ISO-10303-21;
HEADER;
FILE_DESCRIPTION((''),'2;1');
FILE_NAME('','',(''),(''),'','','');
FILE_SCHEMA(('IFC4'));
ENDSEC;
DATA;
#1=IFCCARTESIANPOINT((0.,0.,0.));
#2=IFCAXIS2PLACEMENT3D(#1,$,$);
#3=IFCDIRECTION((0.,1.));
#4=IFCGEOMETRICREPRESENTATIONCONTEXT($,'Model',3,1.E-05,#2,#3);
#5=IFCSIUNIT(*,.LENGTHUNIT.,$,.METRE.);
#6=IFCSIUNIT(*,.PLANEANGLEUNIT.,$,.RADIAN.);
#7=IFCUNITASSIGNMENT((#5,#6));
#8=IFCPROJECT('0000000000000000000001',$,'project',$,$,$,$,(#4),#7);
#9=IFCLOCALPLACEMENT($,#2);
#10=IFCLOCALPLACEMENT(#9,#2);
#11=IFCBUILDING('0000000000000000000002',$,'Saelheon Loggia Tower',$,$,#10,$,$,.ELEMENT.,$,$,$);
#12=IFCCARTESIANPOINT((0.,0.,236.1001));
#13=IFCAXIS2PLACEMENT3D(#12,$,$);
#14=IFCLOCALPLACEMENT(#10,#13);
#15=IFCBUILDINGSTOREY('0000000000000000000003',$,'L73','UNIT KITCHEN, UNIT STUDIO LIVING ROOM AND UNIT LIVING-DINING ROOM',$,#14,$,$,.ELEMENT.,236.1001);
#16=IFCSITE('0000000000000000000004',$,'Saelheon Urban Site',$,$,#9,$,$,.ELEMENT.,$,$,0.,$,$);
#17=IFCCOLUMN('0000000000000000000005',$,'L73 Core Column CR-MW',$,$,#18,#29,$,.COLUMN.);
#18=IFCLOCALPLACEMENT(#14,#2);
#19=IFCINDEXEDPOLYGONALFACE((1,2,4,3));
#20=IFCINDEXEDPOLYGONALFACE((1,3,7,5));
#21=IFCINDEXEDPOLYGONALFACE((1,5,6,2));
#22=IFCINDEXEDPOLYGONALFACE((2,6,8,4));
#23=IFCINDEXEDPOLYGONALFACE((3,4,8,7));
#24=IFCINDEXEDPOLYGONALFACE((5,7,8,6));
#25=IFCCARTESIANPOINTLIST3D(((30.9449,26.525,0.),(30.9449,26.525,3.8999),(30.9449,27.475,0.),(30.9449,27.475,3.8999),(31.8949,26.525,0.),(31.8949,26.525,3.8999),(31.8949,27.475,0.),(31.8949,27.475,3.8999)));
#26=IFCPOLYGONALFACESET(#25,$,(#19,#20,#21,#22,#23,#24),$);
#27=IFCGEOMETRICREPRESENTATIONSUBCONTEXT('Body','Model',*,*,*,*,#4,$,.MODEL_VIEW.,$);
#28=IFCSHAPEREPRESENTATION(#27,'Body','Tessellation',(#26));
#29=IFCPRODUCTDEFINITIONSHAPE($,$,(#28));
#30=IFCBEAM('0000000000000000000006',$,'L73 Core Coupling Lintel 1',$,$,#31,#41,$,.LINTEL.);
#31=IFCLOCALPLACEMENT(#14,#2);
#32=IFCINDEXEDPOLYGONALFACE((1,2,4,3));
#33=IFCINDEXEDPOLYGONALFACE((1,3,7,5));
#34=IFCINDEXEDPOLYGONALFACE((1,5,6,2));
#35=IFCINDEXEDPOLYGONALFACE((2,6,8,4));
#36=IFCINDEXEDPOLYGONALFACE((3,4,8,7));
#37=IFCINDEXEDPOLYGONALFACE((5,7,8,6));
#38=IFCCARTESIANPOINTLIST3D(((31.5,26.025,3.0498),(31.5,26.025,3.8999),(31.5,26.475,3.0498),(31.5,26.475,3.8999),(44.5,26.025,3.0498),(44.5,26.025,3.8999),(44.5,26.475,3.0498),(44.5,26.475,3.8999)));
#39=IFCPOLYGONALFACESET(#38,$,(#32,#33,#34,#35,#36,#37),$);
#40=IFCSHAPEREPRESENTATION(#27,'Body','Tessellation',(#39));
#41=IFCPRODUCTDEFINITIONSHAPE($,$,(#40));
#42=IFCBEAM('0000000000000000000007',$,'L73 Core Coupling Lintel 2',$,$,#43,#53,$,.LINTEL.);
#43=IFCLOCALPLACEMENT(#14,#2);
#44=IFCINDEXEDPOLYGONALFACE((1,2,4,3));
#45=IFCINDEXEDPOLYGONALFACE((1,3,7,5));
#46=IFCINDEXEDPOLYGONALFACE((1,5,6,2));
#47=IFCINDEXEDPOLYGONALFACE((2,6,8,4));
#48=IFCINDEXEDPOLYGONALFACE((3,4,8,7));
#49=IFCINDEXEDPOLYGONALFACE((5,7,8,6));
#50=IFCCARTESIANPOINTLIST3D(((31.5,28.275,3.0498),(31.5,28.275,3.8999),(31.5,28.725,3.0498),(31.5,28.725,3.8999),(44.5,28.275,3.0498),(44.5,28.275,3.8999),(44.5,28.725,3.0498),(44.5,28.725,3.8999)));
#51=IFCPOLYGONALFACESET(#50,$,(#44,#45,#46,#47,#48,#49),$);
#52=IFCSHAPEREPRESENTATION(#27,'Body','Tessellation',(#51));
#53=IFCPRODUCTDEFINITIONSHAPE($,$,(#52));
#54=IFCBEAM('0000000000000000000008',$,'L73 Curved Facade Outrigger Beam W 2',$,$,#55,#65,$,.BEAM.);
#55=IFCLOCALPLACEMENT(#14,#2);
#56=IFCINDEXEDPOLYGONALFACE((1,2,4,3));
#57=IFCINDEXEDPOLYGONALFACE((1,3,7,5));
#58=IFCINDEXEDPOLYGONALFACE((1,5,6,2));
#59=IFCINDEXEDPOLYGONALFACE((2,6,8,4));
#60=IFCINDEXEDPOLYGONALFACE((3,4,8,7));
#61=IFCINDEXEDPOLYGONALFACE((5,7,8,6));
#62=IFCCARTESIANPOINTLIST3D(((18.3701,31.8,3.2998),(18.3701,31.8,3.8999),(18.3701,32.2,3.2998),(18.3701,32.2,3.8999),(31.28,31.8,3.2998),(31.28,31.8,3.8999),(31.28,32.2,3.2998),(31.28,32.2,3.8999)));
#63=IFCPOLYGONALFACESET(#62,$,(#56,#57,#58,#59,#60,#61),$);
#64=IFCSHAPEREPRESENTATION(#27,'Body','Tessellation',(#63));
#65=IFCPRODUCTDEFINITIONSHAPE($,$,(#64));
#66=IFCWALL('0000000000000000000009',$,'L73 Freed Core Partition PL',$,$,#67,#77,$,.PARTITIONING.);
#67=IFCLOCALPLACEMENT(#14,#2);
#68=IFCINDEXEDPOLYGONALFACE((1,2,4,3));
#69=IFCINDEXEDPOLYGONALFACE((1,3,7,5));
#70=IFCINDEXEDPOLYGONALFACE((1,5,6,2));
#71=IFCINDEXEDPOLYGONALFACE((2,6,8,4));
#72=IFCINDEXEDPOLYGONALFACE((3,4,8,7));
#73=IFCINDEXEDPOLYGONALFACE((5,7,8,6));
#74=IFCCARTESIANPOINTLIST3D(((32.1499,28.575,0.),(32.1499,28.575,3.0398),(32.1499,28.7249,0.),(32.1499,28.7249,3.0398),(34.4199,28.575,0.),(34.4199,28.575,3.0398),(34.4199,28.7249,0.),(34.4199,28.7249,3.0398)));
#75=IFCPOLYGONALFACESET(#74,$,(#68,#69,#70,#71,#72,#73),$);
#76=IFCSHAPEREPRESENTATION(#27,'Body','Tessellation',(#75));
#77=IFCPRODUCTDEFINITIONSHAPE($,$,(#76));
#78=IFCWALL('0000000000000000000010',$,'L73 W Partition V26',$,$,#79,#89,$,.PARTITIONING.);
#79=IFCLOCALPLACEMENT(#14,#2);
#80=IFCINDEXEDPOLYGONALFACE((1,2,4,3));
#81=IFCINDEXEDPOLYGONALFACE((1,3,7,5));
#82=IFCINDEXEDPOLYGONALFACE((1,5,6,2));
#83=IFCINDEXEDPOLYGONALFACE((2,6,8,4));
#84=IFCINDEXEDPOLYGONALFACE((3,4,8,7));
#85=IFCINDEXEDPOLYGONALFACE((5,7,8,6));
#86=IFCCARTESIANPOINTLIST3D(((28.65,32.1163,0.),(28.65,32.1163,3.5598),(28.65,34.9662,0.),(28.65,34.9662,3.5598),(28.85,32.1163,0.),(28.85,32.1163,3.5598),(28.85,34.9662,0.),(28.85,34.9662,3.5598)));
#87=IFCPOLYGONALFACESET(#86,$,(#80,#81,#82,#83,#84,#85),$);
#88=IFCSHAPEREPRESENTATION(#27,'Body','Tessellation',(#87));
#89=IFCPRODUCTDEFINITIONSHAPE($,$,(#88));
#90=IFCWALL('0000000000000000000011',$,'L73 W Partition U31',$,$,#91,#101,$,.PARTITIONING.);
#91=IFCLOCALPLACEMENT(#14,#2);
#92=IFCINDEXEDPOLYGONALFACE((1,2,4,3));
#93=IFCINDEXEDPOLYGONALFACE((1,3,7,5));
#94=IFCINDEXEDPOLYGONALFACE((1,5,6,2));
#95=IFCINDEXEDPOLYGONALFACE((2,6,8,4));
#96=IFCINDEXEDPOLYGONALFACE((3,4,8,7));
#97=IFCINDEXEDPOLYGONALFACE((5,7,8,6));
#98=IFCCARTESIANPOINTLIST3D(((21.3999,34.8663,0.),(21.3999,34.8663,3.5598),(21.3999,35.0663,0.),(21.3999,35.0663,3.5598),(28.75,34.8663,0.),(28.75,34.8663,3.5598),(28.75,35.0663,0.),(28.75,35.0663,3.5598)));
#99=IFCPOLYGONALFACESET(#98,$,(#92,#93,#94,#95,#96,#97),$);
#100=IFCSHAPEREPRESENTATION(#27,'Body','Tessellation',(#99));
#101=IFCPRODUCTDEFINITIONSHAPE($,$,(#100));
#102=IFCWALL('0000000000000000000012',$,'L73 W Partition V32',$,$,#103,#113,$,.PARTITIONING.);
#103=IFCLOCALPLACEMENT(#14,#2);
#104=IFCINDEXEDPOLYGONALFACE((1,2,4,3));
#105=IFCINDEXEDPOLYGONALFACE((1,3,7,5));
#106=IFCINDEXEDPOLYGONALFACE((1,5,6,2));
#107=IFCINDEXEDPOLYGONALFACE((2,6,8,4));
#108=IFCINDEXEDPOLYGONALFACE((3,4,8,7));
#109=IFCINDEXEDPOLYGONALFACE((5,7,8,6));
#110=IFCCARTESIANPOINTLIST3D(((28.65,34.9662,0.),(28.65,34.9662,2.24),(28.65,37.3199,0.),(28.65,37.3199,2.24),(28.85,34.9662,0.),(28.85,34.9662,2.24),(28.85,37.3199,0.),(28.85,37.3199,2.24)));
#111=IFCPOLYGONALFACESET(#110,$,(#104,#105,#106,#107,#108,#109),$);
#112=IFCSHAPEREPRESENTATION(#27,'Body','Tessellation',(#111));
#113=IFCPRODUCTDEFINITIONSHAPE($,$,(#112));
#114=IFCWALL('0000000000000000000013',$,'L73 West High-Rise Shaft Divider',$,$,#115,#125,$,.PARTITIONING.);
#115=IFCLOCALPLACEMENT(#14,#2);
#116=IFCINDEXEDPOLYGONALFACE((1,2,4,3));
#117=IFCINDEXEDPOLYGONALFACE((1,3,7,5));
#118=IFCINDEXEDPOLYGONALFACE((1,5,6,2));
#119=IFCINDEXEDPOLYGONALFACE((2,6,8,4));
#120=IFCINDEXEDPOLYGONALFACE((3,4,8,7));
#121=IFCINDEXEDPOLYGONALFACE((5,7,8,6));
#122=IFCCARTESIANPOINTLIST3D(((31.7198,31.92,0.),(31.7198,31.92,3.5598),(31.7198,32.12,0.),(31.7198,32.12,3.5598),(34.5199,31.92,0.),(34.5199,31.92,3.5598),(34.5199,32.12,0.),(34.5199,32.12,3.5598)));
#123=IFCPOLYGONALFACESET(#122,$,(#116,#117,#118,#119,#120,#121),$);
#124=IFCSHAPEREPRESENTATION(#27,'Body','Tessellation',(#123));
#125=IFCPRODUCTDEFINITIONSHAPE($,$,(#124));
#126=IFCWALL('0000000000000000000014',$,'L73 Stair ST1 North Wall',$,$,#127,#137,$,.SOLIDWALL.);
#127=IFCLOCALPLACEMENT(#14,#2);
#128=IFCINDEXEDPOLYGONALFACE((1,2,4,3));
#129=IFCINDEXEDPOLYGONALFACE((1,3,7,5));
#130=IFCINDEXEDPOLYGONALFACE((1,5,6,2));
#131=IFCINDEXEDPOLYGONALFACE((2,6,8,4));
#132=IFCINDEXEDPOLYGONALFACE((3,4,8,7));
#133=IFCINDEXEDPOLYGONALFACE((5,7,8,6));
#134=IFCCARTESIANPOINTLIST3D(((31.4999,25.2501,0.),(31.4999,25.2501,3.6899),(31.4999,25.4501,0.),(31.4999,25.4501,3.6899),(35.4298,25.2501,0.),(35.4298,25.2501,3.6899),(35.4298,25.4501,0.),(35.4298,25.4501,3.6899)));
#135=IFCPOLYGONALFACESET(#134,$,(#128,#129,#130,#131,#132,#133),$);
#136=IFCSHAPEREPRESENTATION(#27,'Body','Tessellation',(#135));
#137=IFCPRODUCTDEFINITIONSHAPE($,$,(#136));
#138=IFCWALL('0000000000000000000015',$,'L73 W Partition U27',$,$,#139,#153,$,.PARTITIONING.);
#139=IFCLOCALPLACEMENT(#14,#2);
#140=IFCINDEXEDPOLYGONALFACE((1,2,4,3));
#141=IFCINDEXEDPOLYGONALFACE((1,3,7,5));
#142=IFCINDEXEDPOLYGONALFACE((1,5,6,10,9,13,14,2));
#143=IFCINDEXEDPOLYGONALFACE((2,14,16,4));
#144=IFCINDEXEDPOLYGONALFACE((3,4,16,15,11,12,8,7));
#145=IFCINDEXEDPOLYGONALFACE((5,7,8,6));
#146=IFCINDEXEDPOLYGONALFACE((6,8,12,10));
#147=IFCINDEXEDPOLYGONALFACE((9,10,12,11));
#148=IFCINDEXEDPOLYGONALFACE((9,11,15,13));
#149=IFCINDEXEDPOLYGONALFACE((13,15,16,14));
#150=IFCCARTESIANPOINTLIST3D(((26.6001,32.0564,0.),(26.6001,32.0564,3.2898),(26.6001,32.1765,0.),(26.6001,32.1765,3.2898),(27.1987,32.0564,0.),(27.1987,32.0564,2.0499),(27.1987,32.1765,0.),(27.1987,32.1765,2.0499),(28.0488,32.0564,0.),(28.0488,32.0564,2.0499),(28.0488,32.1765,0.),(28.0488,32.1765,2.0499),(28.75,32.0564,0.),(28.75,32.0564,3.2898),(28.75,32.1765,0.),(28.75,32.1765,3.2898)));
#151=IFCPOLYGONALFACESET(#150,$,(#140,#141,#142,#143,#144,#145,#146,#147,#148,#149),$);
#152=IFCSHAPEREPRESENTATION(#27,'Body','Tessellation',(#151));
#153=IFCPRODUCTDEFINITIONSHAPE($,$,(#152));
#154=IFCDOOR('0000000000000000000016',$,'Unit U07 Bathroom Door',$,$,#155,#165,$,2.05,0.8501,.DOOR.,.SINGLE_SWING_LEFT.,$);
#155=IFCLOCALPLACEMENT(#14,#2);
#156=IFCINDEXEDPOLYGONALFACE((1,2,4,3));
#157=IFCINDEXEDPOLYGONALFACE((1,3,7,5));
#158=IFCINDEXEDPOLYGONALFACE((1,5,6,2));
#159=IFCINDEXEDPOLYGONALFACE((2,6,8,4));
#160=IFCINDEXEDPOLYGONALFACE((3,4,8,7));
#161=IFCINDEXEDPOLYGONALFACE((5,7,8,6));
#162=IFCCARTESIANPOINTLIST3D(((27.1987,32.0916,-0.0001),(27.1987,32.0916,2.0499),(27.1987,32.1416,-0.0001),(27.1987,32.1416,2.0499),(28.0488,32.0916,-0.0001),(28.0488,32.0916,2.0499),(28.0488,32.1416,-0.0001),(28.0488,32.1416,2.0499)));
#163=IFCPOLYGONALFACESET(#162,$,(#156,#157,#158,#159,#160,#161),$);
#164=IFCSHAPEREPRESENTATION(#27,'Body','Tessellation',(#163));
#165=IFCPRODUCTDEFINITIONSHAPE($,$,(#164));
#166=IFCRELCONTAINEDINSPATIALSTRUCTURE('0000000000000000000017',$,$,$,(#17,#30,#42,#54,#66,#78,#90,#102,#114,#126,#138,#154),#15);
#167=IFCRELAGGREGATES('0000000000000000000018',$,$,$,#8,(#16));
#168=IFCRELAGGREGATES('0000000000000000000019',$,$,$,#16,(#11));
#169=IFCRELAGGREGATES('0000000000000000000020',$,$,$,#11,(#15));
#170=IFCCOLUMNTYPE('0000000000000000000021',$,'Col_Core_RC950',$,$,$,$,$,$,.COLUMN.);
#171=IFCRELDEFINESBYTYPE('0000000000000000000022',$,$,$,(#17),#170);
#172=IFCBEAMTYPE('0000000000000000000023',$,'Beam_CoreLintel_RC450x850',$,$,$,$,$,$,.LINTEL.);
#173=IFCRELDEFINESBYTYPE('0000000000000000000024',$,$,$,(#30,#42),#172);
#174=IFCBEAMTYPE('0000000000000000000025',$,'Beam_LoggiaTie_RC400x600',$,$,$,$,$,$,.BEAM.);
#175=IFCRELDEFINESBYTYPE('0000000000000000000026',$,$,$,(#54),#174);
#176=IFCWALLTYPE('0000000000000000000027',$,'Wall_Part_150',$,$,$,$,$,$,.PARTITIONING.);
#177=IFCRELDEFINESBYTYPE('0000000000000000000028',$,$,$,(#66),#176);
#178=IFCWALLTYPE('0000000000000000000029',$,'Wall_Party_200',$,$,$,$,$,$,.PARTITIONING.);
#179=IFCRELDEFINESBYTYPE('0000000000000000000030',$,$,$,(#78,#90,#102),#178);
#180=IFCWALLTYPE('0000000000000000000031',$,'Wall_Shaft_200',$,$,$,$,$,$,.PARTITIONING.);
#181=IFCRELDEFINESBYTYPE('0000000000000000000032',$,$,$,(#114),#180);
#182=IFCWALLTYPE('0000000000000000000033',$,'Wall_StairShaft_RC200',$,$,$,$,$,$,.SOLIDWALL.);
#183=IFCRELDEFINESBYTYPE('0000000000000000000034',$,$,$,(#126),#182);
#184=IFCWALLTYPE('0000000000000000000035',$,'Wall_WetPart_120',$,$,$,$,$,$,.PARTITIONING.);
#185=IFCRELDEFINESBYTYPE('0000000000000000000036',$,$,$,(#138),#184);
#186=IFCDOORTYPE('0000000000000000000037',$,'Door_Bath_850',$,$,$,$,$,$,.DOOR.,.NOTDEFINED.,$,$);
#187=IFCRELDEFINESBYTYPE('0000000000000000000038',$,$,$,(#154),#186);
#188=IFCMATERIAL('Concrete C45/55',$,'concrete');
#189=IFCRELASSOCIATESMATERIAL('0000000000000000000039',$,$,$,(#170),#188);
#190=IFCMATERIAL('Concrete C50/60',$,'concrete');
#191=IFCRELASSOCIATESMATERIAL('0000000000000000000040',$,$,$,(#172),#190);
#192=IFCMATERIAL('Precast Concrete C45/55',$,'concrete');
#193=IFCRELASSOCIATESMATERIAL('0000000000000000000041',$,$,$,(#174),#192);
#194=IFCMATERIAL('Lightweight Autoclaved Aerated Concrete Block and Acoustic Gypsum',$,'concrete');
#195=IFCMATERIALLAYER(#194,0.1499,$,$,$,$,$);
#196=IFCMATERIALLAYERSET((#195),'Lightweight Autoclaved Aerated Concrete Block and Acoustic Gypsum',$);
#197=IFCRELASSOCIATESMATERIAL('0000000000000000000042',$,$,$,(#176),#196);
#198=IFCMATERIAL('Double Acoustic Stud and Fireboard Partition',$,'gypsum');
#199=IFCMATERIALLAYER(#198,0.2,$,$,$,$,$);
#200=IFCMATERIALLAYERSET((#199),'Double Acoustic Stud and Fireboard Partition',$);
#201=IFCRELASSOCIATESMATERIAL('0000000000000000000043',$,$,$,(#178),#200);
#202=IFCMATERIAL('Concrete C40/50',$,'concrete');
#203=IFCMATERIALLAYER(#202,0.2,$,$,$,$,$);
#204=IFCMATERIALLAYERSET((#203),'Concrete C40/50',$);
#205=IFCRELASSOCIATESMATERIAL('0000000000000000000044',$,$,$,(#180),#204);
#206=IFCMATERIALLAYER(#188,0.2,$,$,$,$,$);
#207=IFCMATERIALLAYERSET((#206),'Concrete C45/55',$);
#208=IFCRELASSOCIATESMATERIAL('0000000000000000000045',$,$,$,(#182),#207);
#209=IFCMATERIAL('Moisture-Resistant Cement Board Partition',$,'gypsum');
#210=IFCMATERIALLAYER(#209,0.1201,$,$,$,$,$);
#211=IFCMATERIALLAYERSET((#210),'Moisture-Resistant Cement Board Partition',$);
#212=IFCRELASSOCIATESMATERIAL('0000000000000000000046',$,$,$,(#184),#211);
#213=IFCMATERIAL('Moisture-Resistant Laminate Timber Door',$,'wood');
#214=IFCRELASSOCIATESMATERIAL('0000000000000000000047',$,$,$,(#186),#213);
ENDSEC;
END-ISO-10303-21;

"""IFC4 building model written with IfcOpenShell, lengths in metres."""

from ifc_helpers import new_model, si_unit, direction, frame, frame_2d, origin, origin_2d, place, context, subcontext, project, spatial, rectangle, extrude, source, transform, mapped, material, layer, layer_set, material_profile, profile_set, type_object, element, fill, save


model = new_model("IFC4")

# Units and contexts
model_context = context("Model", 3, precision=1e-05, world=origin(), true_north=direction((0.0, 1.0)))
body_context = subcontext(model_context, "Body", "Model", "MODEL_VIEW")
ifc_project = project(units=[si_unit("LENGTHUNIT", "METRE"), si_unit("PLANEANGLEUNIT", "RADIAN")], contexts=[model_context])

# Site, building, storey
site_placement = place(None, origin())
site = spatial("IfcSite", under=ifc_project, at=site_placement, Name="Saelheon Urban Site", CompositionType="ELEMENT", RefElevation=0.0)
building_placement = place(site_placement, origin())
building = spatial("IfcBuilding", under=site, at=building_placement, Name="Saelheon Loggia Tower", CompositionType="ELEMENT")
storey_placement = place(building_placement, frame((0.0, 0.0, 236.1001)))
storey = spatial("IfcBuildingStorey", under=building, at=storey_placement, Name="L73", Description="UNIT KITCHEN, UNIT STUDIO LIVING ROOM AND UNIT LIVING-DINING ROOM", CompositionType="ELEMENT", Elevation=236.1001)

# Column
ifc_material_1 = material(Name="Concrete C45/55", Category="concrete")
ifc_material_profile_1 = material_profile(ifc_material_1, rectangle(XDim=0.95, YDim=0.95, at=origin_2d()), Name="RC-950x950")
ifc_profile_set_1 = profile_set([ifc_material_profile_1], Name="Concrete C45/55")
column_type = type_object("IfcColumnType", Name="Col_Core_RC950", PredefinedType="COLUMN", material=ifc_profile_set_1)
shared_shape_1 = source(origin(), body_context, "Body", "SweptSolid", [
    extrude(rectangle(XDim=0.95, YDim=0.95, at=origin_2d()), origin(), (0.0, 0.0, 1.0), 3.8999),
])
column_placement = place(storey_placement, frame((31.4199, 27.0, 0.0), z_axis=(0.0, 0.0, 1.0), x_axis=(1.0, 0.0, 0.0)))
element("IfcColumn", 1, at=column_placement, inside=storey, type_object=column_type, Name="L73 Core Column CR-MW", PredefinedType="COLUMN", context=body_context, shape_type="MappedRepresentation", body=[
    mapped(shared_shape_1, transform((0.0, 0.0, 0.0), scale=1.0)),
])

# Beams
ifc_material_2 = material(Name="Concrete C50/60", Category="concrete")
ifc_material_profile_2 = material_profile(ifc_material_2, rectangle(XDim=0.45, YDim=0.8501, at=origin_2d()), Name="RC-450x850")
ifc_profile_set_2 = profile_set([ifc_material_profile_2], Name="Concrete C50/60")
beam_type_1 = type_object("IfcBeamType", Name="Beam_CoreLintel_RC450x850", PredefinedType="LINTEL", material=ifc_profile_set_2)
shared_shape_2 = source(origin(), body_context, "Body", "SweptSolid", [
    extrude(rectangle(XDim=0.45, YDim=0.8501, at=origin_2d()), origin(), (0.0, 0.0, 1.0), 13.0),
])
for number, where, z_axis, x_axis, name in (
    (2, (31.5, 26.25, 3.4749), (1.0, 0.0, 0.0), (0.0, 1.0, 0.0), "L73 Core Coupling Lintel 1"),
    (3, (31.5, 28.5, 3.4749), (1.0, 0.0, 0.0), (0.0, 1.0, 0.0), "L73 Core Coupling Lintel 2"),
):
    element("IfcBeam", number, at=place(storey_placement, frame(where, z_axis=z_axis, x_axis=x_axis)), inside=storey, type_object=beam_type_1, Name=name, PredefinedType="LINTEL", context=body_context, shape_type="MappedRepresentation", body=[
        mapped(shared_shape_2, transform((0.0, 0.0, 0.0), scale=1.0)),
    ])
ifc_material_3 = material(Name="Precast Concrete C45/55", Category="concrete")
ifc_material_profile_3 = material_profile(ifc_material_3, rectangle(XDim=0.3999, YDim=0.6001, at=origin_2d()), Name="RC-400x600")
ifc_profile_set_3 = profile_set([ifc_material_profile_3], Name="Precast Concrete C45/55")
beam_type_2 = type_object("IfcBeamType", Name="Beam_LoggiaTie_RC400x600", PredefinedType="BEAM", material=ifc_profile_set_3)
shared_shape_3 = source(origin(), body_context, "Body", "SweptSolid", [
    extrude(rectangle(XDim=0.3999, YDim=0.6001, at=origin_2d()), origin(), (0.0, 0.0, 1.0), 12.9099),
])
beam_placement = place(storey_placement, frame((31.28, 32.0, 3.5999), z_axis=(-1.0, 0.0, 0.0), x_axis=(0.0, -1.0, 0.0)))
element("IfcBeam", 4, at=beam_placement, inside=storey, type_object=beam_type_2, Name="L73 Curved Facade Outrigger Beam W 2", PredefinedType="BEAM", context=body_context, shape_type="MappedRepresentation", body=[
    mapped(shared_shape_3, transform((0.0, 0.0, 0.0), scale=1.0)),
])

# Walls
ifc_material_4 = material(Name="Lightweight Autoclaved Aerated Concrete Block and Acoustic Gypsum", Category="concrete")
ifc_layer_1 = layer(ifc_material_4, 0.1499)
ifc_layer_set_1 = layer_set([ifc_layer_1], Name="Lightweight Autoclaved Aerated Concrete Block and Acoustic Gypsum")
wall_type_1 = type_object("IfcWallType", Name="Wall_Part_150", PredefinedType="PARTITIONING", material=ifc_layer_set_1)
wall_1_placement = place(storey_placement, frame((32.1499, 28.6499, 0.0), z_axis=(0.0, 0.0, 1.0), x_axis=(1.0, 0.0, 0.0)))
element("IfcWall", 5, at=wall_1_placement, inside=storey, type_object=wall_type_1, Name="L73 Freed Core Partition PL", PredefinedType="PARTITIONING", context=body_context, shape_type="SweptSolid", body=[
    extrude(rectangle(XDim=2.27, YDim=0.1499, at=frame_2d((1.135, 0.0))), origin(), (0.0, 0.0, 1.0), 3.0398),
])
ifc_material_5 = material(Name="Double Acoustic Stud and Fireboard Partition", Category="gypsum")
ifc_layer_2 = layer(ifc_material_5, 0.2)
ifc_layer_set_2 = layer_set([ifc_layer_2], Name="Double Acoustic Stud and Fireboard Partition")
wall_type_2 = type_object("IfcWallType", Name="Wall_Party_200", PredefinedType="PARTITIONING", material=ifc_layer_set_2)
wall_2_placement = place(storey_placement, frame((28.75, 32.1165, 0.0), z_axis=(0.0, 0.0, 1.0), x_axis=(0.0, 1.0, 0.0)))
element("IfcWall", 6, at=wall_2_placement, inside=storey, type_object=wall_type_2, Name="L73 W Partition V26", PredefinedType="PARTITIONING", context=body_context, shape_type="SweptSolid", body=[
    extrude(rectangle(XDim=2.8499, YDim=0.2, at=frame_2d((1.4248, 0.0))), origin(), (0.0, 0.0, 1.0), 3.5598),
])
wall_3_placement = place(storey_placement, frame((28.75, 34.9663, 0.0), z_axis=(0.0, 0.0, 1.0), x_axis=(-1.0, 0.0, 0.0)))
element("IfcWall", 7, at=wall_3_placement, inside=storey, type_object=wall_type_2, Name="L73 W Partition U31", PredefinedType="PARTITIONING", context=body_context, shape_type="SweptSolid", body=[
    extrude(rectangle(XDim=7.3501, YDim=0.2, at=frame_2d((3.675, 0.0))), origin(), (0.0, 0.0, 1.0), 3.5598),
])
wall_4_placement = place(storey_placement, frame((28.75, 34.9663, 0.0), z_axis=(0.0, 0.0, 1.0), x_axis=(0.0, 1.0, 0.0)))
element("IfcWall", 8, at=wall_4_placement, inside=storey, type_object=wall_type_2, Name="L73 W Partition V32", PredefinedType="PARTITIONING", context=body_context, shape_type="SweptSolid", body=[
    extrude(rectangle(XDim=2.3538, YDim=0.2, at=frame_2d((1.1768, 0.0))), origin(), (0.0, 0.0, 1.0), 2.24),
])
ifc_material_6 = material(Name="Concrete C40/50", Category="concrete")
ifc_layer_3 = layer(ifc_material_6, 0.2)
ifc_layer_set_3 = layer_set([ifc_layer_3], Name="Concrete C40/50")
wall_type_3 = type_object("IfcWallType", Name="Wall_Shaft_200", PredefinedType="PARTITIONING", material=ifc_layer_set_3)
wall_5_placement = place(storey_placement, frame((31.72, 32.02, 0.0), z_axis=(0.0, 0.0, 1.0), x_axis=(1.0, 0.0, 0.0)))
element("IfcWall", 9, at=wall_5_placement, inside=storey, type_object=wall_type_3, Name="L73 West High-Rise Shaft Divider", PredefinedType="PARTITIONING", context=body_context, shape_type="SweptSolid", body=[
    extrude(rectangle(XDim=2.8, YDim=0.2, at=frame_2d((1.3999, 0.0))), origin(), (0.0, 0.0, 1.0), 3.5598),
])
ifc_layer_4 = layer(ifc_material_1, 0.2)
ifc_layer_set_4 = layer_set([ifc_layer_4], Name="Concrete C45/55")
wall_type_4 = type_object("IfcWallType", Name="Wall_StairShaft_RC200", PredefinedType="SOLIDWALL", material=ifc_layer_set_4)
wall_6_placement = place(storey_placement, frame((31.5, 25.3501, 0.0), z_axis=(0.0, 0.0, 1.0), x_axis=(1.0, 0.0, 0.0)))
element("IfcWall", 10, at=wall_6_placement, inside=storey, type_object=wall_type_4, Name="L73 Stair ST1 North Wall", PredefinedType="SOLIDWALL", context=body_context, shape_type="SweptSolid", body=[
    extrude(rectangle(XDim=3.9299, YDim=0.2, at=frame_2d((1.9648, 0.0))), origin(), (0.0, 0.0, 1.0), 3.6899),
])

# Wall, opening, door
ifc_material_7 = material(Name="Moisture-Resistant Cement Board Partition", Category="gypsum")
ifc_layer_5 = layer(ifc_material_7, 0.1201)
ifc_layer_set_5 = layer_set([ifc_layer_5], Name="Moisture-Resistant Cement Board Partition")
wall_type_5 = type_object("IfcWallType", Name="Wall_WetPart_120", PredefinedType="PARTITIONING", material=ifc_layer_set_5)
wall_7_placement = place(storey_placement, frame((28.75, 32.1165, 0.0), z_axis=(0.0, 0.0, 1.0), x_axis=(-1.0, 0.0, 0.0)))
wall_7 = element("IfcWall", 11, at=wall_7_placement, inside=storey, type_object=wall_type_5, Name="L73 W Partition U27", PredefinedType="PARTITIONING", context=body_context, shape_type="SweptSolid", body=[
    extrude(rectangle(XDim=2.1499, YDim=0.1201, at=frame_2d((1.075, 0.0))), origin(), (0.0, 0.0, 1.0), 3.2898),
])
opening_1_placement = place(wall_7_placement, frame((0.7012, 0.0, 0.0)))
opening_1 = element("IfcOpeningElement", 12, at=opening_1_placement, cuts=wall_7, PredefinedType="OPENING", context=body_context, shape_type="SweptSolid", body=[
    extrude(rectangle(XDim=0.8501, YDim=2.05, at=frame_2d((0.425, 1.0249))), frame((0.0, 0.072, 0.0), z_axis=(0.0, -1.0, 0.0), x_axis=(1.0, 0.0, 0.0)), (0.0, 0.0, 1.0), 0.144),
])
ifc_material_8 = material(Name="Moisture-Resistant Laminate Timber Door", Category="wood")
door_type_1 = type_object("IfcDoorType", Name="Door_Bath_850", OperationType="NOTDEFINED", PredefinedType="DOOR", material=ifc_material_8)
shared_shape_4 = source(origin(), body_context, "Body", "SweptSolid", [
    extrude(rectangle(XDim=0.8501, YDim=2.05, at=frame_2d((0.425, 1.0249))), frame((0.0, 0.0249, 0.0), z_axis=(0.0, -1.0, 0.0), x_axis=(1.0, 0.0, 0.0)), (0.0, 0.0, 1.0), 0.05),
])
door_1_placement = place(opening_1_placement, origin())
door_1 = element("IfcDoor", 13, at=door_1_placement, inside=storey, type_object=door_type_1, Name="Unit U07 Bathroom Door", OperationType="SINGLE_SWING_LEFT", OverallHeight=2.05, OverallWidth=0.8501, PredefinedType="DOOR", context=body_context, shape_type="MappedRepresentation", body=[
    mapped(shared_shape_4, transform((0.0, 0.0, 0.0), scale=1.0)),
])
fill(opening_1, door_1)

save(model, "model.ifc")
